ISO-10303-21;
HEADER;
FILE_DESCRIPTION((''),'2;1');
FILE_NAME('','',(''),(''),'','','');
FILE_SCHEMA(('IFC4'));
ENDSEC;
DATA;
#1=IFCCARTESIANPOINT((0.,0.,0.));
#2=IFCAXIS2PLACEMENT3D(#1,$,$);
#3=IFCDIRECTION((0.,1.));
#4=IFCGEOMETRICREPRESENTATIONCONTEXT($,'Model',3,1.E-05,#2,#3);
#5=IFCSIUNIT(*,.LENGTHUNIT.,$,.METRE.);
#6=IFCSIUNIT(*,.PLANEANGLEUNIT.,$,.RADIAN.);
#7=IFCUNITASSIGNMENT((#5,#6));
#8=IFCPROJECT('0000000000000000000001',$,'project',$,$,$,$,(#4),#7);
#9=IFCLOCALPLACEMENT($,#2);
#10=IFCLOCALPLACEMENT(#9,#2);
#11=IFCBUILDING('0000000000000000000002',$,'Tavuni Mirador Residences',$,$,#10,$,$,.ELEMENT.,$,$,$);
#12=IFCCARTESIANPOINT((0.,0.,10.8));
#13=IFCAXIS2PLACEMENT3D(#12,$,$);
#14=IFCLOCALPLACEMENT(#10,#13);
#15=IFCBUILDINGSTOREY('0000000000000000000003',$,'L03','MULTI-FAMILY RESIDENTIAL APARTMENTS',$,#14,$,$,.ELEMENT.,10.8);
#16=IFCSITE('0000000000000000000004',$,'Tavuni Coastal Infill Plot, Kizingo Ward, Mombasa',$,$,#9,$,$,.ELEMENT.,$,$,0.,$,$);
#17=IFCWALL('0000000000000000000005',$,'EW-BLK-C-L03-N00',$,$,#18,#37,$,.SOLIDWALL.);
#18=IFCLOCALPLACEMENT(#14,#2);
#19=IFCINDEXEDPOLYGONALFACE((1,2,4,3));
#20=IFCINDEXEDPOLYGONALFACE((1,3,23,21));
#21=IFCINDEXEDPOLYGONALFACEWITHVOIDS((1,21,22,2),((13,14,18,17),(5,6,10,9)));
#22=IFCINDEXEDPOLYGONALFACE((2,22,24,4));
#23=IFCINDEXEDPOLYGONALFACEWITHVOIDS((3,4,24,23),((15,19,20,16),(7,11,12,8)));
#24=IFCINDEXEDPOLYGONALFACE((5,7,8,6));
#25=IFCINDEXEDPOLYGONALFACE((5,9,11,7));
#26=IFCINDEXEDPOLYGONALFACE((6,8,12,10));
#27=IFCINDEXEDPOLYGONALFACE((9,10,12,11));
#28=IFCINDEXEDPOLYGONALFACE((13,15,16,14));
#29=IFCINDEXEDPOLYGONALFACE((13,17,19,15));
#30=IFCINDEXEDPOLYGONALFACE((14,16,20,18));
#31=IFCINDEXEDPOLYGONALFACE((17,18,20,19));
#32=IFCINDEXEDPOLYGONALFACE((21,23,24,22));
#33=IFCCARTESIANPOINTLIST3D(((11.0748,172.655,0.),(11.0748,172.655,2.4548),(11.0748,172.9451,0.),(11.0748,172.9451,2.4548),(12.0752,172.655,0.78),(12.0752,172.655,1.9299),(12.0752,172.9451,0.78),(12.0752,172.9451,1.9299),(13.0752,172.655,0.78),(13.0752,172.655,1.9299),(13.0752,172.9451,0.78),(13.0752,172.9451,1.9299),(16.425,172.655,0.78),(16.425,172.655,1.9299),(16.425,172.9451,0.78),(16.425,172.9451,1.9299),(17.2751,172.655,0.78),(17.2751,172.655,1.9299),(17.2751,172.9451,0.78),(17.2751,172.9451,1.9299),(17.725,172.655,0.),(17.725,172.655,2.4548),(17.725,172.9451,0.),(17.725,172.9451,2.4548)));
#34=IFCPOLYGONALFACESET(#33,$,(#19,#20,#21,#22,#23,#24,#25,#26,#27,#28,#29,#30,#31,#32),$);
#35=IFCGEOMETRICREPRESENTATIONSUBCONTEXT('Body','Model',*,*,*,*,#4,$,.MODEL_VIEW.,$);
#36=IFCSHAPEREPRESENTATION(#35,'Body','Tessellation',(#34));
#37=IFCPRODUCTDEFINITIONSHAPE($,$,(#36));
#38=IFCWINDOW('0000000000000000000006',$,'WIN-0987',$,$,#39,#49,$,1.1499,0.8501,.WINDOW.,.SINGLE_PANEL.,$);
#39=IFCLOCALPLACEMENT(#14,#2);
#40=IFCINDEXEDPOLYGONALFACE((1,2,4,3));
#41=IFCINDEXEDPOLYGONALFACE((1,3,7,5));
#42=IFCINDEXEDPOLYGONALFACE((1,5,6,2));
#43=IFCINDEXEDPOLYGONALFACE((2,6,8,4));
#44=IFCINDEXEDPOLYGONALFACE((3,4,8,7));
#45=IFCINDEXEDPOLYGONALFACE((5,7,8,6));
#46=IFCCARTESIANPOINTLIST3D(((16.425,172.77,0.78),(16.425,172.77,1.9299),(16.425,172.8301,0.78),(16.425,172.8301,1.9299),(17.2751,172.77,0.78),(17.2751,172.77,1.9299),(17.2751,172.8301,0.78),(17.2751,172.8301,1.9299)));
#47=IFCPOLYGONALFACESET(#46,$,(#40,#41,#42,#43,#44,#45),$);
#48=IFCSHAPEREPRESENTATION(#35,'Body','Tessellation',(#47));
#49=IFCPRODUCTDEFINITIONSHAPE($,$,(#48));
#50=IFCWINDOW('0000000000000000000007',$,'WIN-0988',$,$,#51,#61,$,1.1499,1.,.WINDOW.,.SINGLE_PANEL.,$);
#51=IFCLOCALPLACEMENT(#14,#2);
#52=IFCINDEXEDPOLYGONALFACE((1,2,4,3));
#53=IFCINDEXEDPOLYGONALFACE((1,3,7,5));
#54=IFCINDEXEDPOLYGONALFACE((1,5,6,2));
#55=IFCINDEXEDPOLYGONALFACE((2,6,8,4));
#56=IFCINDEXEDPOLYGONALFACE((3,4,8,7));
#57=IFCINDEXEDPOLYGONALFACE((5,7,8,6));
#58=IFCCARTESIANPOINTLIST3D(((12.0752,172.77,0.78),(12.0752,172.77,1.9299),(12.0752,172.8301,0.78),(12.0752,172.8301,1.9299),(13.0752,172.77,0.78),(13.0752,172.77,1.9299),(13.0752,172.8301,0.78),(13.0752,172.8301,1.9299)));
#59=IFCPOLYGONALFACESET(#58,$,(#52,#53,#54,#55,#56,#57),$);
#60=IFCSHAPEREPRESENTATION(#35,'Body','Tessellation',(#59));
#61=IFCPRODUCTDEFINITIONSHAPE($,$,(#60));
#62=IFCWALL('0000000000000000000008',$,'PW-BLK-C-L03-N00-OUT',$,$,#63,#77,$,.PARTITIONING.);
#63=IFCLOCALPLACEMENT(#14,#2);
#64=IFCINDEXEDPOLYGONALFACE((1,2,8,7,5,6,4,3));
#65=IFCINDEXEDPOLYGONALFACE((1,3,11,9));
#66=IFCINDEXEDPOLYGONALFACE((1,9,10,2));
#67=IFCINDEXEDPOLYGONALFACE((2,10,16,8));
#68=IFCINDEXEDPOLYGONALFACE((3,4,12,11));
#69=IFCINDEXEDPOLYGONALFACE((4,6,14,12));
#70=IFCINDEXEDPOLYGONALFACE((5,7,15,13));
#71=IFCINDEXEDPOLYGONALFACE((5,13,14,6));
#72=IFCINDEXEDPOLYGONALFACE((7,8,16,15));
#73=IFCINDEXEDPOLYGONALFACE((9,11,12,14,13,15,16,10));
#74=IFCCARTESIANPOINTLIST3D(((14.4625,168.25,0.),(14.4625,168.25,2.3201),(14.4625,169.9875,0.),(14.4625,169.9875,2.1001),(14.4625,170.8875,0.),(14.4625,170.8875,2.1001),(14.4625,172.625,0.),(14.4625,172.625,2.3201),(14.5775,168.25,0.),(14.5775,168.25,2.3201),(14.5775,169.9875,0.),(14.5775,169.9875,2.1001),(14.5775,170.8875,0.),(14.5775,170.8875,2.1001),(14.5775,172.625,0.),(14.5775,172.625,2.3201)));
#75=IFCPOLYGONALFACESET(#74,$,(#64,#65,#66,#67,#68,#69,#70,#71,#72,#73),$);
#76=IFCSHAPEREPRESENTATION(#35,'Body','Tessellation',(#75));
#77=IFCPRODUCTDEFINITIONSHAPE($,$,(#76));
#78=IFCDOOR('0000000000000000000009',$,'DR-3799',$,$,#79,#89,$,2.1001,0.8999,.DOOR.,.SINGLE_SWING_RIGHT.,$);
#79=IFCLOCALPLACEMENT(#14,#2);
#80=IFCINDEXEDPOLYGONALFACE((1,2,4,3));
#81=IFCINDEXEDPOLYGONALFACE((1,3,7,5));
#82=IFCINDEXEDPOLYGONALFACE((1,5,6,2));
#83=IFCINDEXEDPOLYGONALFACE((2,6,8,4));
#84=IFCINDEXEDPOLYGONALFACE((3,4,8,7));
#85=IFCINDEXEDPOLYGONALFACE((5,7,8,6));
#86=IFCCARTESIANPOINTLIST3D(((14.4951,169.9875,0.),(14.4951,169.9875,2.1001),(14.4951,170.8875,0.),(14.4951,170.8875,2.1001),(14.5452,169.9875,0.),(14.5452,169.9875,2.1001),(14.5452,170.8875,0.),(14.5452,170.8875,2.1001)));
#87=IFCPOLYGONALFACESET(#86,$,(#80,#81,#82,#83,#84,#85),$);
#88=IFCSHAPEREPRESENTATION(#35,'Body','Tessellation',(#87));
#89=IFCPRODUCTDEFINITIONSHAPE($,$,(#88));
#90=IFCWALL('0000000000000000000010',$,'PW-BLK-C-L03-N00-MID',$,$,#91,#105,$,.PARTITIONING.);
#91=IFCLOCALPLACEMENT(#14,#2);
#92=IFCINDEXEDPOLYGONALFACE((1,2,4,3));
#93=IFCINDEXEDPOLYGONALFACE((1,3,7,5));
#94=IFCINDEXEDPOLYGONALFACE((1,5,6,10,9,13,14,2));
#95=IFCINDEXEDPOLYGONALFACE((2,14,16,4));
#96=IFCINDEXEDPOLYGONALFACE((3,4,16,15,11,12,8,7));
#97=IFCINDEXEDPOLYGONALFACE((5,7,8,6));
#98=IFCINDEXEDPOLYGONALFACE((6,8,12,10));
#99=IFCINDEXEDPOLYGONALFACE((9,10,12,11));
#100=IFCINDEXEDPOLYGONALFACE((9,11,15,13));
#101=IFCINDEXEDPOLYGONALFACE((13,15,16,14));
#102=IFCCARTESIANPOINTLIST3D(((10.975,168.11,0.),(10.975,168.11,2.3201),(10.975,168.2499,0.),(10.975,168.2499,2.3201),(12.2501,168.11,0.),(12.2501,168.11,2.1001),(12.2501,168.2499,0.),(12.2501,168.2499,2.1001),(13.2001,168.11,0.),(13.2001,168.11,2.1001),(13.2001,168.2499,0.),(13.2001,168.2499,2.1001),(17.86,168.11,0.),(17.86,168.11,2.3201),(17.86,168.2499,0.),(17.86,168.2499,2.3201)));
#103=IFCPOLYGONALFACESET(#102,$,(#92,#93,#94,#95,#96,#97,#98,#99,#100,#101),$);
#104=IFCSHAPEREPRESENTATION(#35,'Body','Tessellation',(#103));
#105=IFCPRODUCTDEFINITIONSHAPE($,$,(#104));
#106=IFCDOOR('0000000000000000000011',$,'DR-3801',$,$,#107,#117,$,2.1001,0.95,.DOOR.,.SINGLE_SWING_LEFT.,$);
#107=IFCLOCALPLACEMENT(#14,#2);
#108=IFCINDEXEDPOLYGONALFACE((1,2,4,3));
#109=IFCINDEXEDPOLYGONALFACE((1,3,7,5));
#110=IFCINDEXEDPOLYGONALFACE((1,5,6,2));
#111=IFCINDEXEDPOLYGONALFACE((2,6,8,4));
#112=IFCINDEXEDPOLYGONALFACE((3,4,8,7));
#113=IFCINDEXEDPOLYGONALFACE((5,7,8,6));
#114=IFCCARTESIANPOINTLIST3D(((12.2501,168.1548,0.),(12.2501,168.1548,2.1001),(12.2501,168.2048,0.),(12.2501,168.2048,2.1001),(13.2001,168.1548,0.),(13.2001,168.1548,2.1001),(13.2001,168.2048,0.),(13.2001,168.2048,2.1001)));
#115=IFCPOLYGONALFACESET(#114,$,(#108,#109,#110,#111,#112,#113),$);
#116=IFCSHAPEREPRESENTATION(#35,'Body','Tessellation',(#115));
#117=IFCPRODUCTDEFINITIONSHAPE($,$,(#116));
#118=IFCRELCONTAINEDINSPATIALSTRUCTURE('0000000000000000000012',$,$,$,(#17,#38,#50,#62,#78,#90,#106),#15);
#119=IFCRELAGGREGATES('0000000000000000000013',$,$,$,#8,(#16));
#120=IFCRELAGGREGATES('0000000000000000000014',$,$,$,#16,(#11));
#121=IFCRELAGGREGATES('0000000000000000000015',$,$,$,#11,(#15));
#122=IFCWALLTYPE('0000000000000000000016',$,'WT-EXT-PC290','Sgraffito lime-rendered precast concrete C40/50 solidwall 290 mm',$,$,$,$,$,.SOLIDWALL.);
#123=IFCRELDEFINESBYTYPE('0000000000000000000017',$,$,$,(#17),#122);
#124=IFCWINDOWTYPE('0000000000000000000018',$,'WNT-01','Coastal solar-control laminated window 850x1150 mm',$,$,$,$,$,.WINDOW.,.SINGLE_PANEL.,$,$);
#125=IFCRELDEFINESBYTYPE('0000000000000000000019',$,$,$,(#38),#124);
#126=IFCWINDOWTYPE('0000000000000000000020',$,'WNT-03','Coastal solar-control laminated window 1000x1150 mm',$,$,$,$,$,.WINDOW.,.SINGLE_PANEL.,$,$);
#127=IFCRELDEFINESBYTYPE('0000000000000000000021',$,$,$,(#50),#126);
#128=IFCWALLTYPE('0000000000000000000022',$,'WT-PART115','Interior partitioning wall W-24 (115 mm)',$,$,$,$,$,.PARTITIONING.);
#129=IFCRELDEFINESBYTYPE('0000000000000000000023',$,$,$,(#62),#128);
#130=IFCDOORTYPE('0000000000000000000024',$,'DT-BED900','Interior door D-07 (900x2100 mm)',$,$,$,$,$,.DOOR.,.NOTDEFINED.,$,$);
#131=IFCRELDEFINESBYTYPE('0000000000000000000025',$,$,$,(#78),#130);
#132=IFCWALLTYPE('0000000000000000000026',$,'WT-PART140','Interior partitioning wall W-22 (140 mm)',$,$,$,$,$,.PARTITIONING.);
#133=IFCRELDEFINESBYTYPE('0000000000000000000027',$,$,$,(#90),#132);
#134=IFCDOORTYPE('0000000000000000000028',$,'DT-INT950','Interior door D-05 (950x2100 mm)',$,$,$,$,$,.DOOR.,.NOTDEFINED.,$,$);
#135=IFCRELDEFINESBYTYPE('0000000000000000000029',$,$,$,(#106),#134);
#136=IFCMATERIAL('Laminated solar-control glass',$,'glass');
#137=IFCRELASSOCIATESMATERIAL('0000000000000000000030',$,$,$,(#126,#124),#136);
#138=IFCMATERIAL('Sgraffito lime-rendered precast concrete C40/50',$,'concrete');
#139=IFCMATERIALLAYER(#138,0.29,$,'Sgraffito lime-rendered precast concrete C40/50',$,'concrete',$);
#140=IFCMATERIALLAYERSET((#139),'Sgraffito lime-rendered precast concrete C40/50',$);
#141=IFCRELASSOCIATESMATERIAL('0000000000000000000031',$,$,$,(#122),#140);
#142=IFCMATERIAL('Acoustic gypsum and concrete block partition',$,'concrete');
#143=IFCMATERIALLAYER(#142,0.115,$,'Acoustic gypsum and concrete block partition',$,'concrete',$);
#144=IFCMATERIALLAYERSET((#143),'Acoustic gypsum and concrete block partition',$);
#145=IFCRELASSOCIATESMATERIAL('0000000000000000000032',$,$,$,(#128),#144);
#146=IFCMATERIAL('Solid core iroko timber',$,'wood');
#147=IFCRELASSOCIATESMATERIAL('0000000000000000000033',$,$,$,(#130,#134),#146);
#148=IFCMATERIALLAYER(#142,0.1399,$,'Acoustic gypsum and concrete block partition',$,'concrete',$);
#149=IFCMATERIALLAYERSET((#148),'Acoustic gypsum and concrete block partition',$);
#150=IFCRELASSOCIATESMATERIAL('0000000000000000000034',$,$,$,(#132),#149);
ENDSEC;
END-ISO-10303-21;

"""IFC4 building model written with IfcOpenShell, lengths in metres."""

from ifc_helpers import new_model, si_unit, direction, frame, frame_2d, origin, place, context, subcontext, project, spatial, rectangle, extrude, material, layer, layer_set, type_object, element, fill, save


model = new_model("IFC4")

# Units and contexts
model_context = context("Model", 3, precision=1e-05, world=origin(), true_north=direction((0.0, 1.0)))
body_context = subcontext(model_context, "Body", "Model", "MODEL_VIEW")
ifc_project = project(units=[si_unit("LENGTHUNIT", "METRE"), si_unit("PLANEANGLEUNIT", "RADIAN")], contexts=[model_context])

# Site, building, storey
site_placement = place(None, origin())
site = spatial("IfcSite", under=ifc_project, at=site_placement, Name="Tavuni Coastal Infill Plot, Kizingo Ward, Mombasa", CompositionType="ELEMENT", RefElevation=0.0)
building_placement = place(site_placement, origin())
building = spatial("IfcBuilding", under=site, at=building_placement, Name="Tavuni Mirador Residences", CompositionType="ELEMENT")
storey_placement = place(building_placement, frame((0.0, 0.0, 10.8)))
storey = spatial("IfcBuildingStorey", under=building, at=storey_placement, Name="L03", Description="MULTI-FAMILY RESIDENTIAL APARTMENTS", CompositionType="ELEMENT", Elevation=10.8)

# Shared definitions
ifc_material_1 = material(Name="Laminated solar-control glass", Category="glass")

# Wall, openings, windows
ifc_material_2 = material(Name="Sgraffito lime-rendered precast concrete C40/50", Category="concrete")
window_type_1 = type_object("IfcWindowType", Name="WNT-03", Description="Coastal solar-control laminated window 1000x1150 mm", PartitioningType="SINGLE_PANEL", PredefinedType="WINDOW", material=ifc_material_1)
ifc_layer_1 = layer(ifc_material_2, 0.29, Name="Sgraffito lime-rendered precast concrete C40/50", Category="concrete")
ifc_layer_set_1 = layer_set([ifc_layer_1], Name="Sgraffito lime-rendered precast concrete C40/50")
wall_type_1 = type_object("IfcWallType", Name="WT-EXT-PC290", Description="Sgraffito lime-rendered precast concrete C40/50 solidwall 290 mm", PredefinedType="SOLIDWALL", material=ifc_layer_set_1)
wall_1_placement = place(storey_placement, frame((17.7251, 172.8, 0.0), z_axis=(0.0, 0.0, 1.0), x_axis=(-1.0, 0.0, 0.0)))
wall_1 = element("IfcWall", 1, at=wall_1_placement, inside=storey, type_object=wall_type_1, Name="EW-BLK-C-L03-N00", PredefinedType="SOLIDWALL", context=body_context, shape_type="SweptSolid", body=[
    extrude(rectangle(XDim=6.6501, YDim=0.29, at=frame_2d((3.3252, 0.0))), origin(), (0.0, 0.0, 1.0), 2.4548),
])
opening_1_placement = place(wall_1_placement, frame((0.45, 0.0, 0.78)))
opening_1 = element("IfcOpeningElement", 2, at=opening_1_placement, cuts=wall_1, PredefinedType="OPENING", context=body_context, shape_type="SweptSolid", body=[
    extrude(rectangle(XDim=0.8501, YDim=1.1499, at=frame_2d((0.425, 0.575))), frame((0.0, 0.155, 0.0), z_axis=(0.0, -1.0, 0.0), x_axis=(1.0, 0.0, 0.0)), (0.0, 0.0, 1.0), 0.3101),
])
opening_2_placement = place(wall_1_placement, frame((4.6499, 0.0, 0.78)))
opening_2 = element("IfcOpeningElement", 3, at=opening_2_placement, cuts=wall_1, PredefinedType="OPENING", context=body_context, shape_type="SweptSolid", body=[
    extrude(rectangle(XDim=1.0, YDim=1.1499, at=frame_2d((0.5, 0.575))), frame((0.0, 0.155, 0.0), z_axis=(0.0, -1.0, 0.0), x_axis=(1.0, 0.0, 0.0)), (0.0, 0.0, 1.0), 0.3101),
])
window_type_2 = type_object("IfcWindowType", Name="WNT-01", Description="Coastal solar-control laminated window 850x1150 mm", PartitioningType="SINGLE_PANEL", PredefinedType="WINDOW", material=ifc_material_1)
window_1_placement = place(opening_1_placement, origin())
window_1 = element("IfcWindow", 4, at=window_1_placement, inside=storey, type_object=window_type_2, Name="WIN-0987", OverallHeight=1.1499, OverallWidth=0.8501, PartitioningType="SINGLE_PANEL", PredefinedType="WINDOW", context=body_context, shape_type="SweptSolid", body=[
    extrude(rectangle(XDim=0.8501, YDim=1.1499, at=frame_2d((0.425, 0.575))), frame((0.0, 0.03, 0.0), z_axis=(0.0, -1.0, 0.0), x_axis=(1.0, 0.0, 0.0)), (0.0, 0.0, 1.0), 0.0601),
])
fill(opening_1, window_1)
window_2_placement = place(opening_2_placement, origin())
window_2 = element("IfcWindow", 5, at=window_2_placement, inside=storey, type_object=window_type_1, Name="WIN-0988", OverallHeight=1.1499, OverallWidth=1.0, PartitioningType="SINGLE_PANEL", PredefinedType="WINDOW", context=body_context, shape_type="SweptSolid", body=[
    extrude(rectangle(XDim=1.0, YDim=1.1499, at=frame_2d((0.5, 0.575))), frame((0.0, 0.03, 0.0), z_axis=(0.0, -1.0, 0.0), x_axis=(1.0, 0.0, 0.0)), (0.0, 0.0, 1.0), 0.0601),
])
fill(opening_2, window_2)

# Walls, openings, doors
ifc_material_3 = material(Name="Acoustic gypsum and concrete block partition", Category="concrete")
ifc_layer_2 = layer(ifc_material_3, 0.115, Name="Acoustic gypsum and concrete block partition", Category="concrete")
ifc_layer_set_2 = layer_set([ifc_layer_2], Name="Acoustic gypsum and concrete block partition")
wall_type_2 = type_object("IfcWallType", Name="WT-PART115", Description="Interior partitioning wall W-24 (115 mm)", PredefinedType="PARTITIONING", material=ifc_layer_set_2)
wall_2_placement = place(storey_placement, frame((14.52, 168.25, 0.0), z_axis=(0.0, 0.0, 1.0), x_axis=(0.0, 1.0, 0.0)))
wall_2 = element("IfcWall", 6, at=wall_2_placement, inside=storey, type_object=wall_type_2, Name="PW-BLK-C-L03-N00-OUT", PredefinedType="PARTITIONING", context=body_context, shape_type="SweptSolid", body=[
    extrude(rectangle(XDim=4.375, YDim=0.115, at=frame_2d((2.1875, 0.0))), origin(), (0.0, 0.0, 1.0), 2.3201),
])
opening_3_placement = place(wall_2_placement, frame((1.7375, 0.0, 0.0)))
opening_3 = element("IfcOpeningElement", 7, at=opening_3_placement, cuts=wall_2, PredefinedType="OPENING", context=body_context, shape_type="SweptSolid", body=[
    extrude(rectangle(XDim=0.8999, YDim=2.1001, at=frame_2d((0.45, 1.05))), frame((0.0, 0.0674, 0.0), z_axis=(0.0, -1.0, 0.0), x_axis=(1.0, 0.0, 0.0)), (0.0, 0.0, 1.0), 0.135),
])
ifc_material_4 = material(Name="Solid core iroko timber", Category="wood")
door_type_1 = type_object("IfcDoorType", Name="DT-BED900", Description="Interior door D-07 (900x2100 mm)", OperationType="NOTDEFINED", PredefinedType="DOOR", material=ifc_material_4)
door_1_placement = place(opening_3_placement, origin())
door_1 = element("IfcDoor", 8, at=door_1_placement, inside=storey, type_object=door_type_1, Name="DR-3799", OperationType="SINGLE_SWING_RIGHT", OverallHeight=2.1001, OverallWidth=0.8999, PredefinedType="DOOR", context=body_context, shape_type="SweptSolid", body=[
    extrude(rectangle(XDim=0.8999, YDim=2.1001, at=frame_2d((0.45, 1.05))), frame((0.0, 0.0249, 0.0), z_axis=(0.0, -1.0, 0.0), x_axis=(1.0, 0.0, 0.0)), (0.0, 0.0, 1.0), 0.05),
])
fill(opening_3, door_1)
ifc_layer_3 = layer(ifc_material_3, 0.1399, Name="Acoustic gypsum and concrete block partition", Category="concrete")
ifc_layer_set_3 = layer_set([ifc_layer_3], Name="Acoustic gypsum and concrete block partition")
wall_type_3 = type_object("IfcWallType", Name="WT-PART140", Description="Interior partitioning wall W-22 (140 mm)", PredefinedType="PARTITIONING", material=ifc_layer_set_3)
wall_3_placement = place(storey_placement, frame((10.9751, 168.1799, 0.0), z_axis=(0.0, 0.0, 1.0), x_axis=(1.0, 0.0, 0.0)))
wall_3 = element("IfcWall", 9, at=wall_3_placement, inside=storey, type_object=wall_type_3, Name="PW-BLK-C-L03-N00-MID", PredefinedType="PARTITIONING", context=body_context, shape_type="SweptSolid", body=[
    extrude(rectangle(XDim=6.885, YDim=0.1399, at=frame_2d((3.4424, 0.0))), origin(), (0.0, 0.0, 1.0), 2.3201),
])
opening_4_placement = place(wall_3_placement, frame((1.2749, 0.0, 0.0)))
opening_4 = element("IfcOpeningElement", 10, at=opening_4_placement, cuts=wall_3, PredefinedType="OPENING", context=body_context, shape_type="SweptSolid", body=[
    extrude(rectangle(XDim=0.95, YDim=2.1001, at=frame_2d((0.4751, 1.05))), frame((0.0, 0.0801, 0.0), z_axis=(0.0, -1.0, 0.0), x_axis=(1.0, 0.0, 0.0)), (0.0, 0.0, 1.0), 0.1599),
])
door_type_2 = type_object("IfcDoorType", Name="DT-INT950", Description="Interior door D-05 (950x2100 mm)", OperationType="NOTDEFINED", PredefinedType="DOOR", material=ifc_material_4)
door_2_placement = place(opening_4_placement, origin())
door_2 = element("IfcDoor", 11, at=door_2_placement, inside=storey, type_object=door_type_2, Name="DR-3801", OperationType="SINGLE_SWING_LEFT", OverallHeight=2.1001, OverallWidth=0.95, PredefinedType="DOOR", context=body_context, shape_type="SweptSolid", body=[
    extrude(rectangle(XDim=0.95, YDim=2.1001, at=frame_2d((0.4751, 1.05))), frame((0.0, 0.0249, 0.0), z_axis=(0.0, -1.0, 0.0), x_axis=(1.0, 0.0, 0.0)), (0.0, 0.0, 1.0), 0.05),
])
fill(opening_4, door_2)

save(model, "model.ifc")
